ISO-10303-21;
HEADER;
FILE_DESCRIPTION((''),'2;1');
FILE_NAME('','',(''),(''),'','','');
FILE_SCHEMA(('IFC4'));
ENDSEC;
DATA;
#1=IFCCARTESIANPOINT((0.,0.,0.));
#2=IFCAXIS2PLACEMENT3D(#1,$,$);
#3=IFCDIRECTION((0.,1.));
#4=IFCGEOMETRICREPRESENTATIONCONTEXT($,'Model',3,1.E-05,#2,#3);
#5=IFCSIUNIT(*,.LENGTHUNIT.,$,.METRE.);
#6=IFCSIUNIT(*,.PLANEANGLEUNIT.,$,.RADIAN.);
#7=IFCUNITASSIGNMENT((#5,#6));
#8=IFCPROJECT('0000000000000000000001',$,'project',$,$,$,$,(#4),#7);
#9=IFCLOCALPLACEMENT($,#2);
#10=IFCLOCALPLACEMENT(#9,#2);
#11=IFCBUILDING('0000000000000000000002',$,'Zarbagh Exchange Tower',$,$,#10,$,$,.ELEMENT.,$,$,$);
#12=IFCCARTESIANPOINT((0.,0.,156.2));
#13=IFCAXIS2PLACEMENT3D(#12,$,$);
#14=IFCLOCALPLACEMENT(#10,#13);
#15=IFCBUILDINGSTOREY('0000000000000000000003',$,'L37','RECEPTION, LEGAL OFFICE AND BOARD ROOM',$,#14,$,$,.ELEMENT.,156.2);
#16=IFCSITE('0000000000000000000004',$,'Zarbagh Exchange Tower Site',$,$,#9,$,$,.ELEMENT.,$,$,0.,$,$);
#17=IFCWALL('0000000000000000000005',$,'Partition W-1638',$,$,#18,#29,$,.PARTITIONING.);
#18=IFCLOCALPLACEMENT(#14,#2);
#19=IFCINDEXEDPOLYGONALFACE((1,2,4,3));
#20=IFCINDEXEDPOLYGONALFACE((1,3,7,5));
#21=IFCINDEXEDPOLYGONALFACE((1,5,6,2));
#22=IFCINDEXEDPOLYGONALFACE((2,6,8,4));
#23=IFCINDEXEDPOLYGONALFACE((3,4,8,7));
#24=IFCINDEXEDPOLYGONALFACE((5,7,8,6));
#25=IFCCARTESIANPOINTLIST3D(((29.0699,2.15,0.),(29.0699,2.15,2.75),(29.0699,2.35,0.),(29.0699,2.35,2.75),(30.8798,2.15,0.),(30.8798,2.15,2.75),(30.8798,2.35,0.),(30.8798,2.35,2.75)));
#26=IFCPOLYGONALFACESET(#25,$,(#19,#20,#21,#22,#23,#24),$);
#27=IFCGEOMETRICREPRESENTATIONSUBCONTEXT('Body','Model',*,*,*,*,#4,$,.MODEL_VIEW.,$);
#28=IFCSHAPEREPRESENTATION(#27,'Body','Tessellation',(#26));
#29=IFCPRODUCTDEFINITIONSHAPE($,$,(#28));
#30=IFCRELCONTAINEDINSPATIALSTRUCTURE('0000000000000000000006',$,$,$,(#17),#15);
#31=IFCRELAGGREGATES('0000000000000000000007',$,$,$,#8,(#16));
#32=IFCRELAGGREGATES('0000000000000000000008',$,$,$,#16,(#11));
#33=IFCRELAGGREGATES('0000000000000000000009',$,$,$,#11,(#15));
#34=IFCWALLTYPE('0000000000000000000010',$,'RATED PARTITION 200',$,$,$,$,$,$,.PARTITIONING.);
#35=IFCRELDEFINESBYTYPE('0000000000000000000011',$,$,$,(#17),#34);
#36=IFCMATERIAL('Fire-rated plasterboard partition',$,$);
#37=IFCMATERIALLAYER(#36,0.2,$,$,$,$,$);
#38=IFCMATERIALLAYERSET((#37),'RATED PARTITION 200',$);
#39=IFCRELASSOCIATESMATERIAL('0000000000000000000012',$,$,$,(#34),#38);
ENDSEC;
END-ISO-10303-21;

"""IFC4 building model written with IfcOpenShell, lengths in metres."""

from ifc_helpers import new_model, si_unit, direction, frame, frame_2d, origin, place, context, subcontext, project, spatial, rectangle, extrude, material, layer, layer_set, type_object, element, save


model = new_model("IFC4")

# Units and contexts
model_context = context("Model", 3, precision=1e-05, world=origin(), true_north=direction((0.0, 1.0)))
body_context = subcontext(model_context, "Body", "Model", "MODEL_VIEW")
ifc_project = project(units=[si_unit("LENGTHUNIT", "METRE"), si_unit("PLANEANGLEUNIT", "RADIAN")], contexts=[model_context])

# Site, building, storey
site_placement = place(None, origin())
site = spatial("IfcSite", under=ifc_project, at=site_placement, Name="Zarbagh Exchange Tower Site", CompositionType="ELEMENT", RefElevation=0.0)
building_placement = place(site_placement, origin())
building = spatial("IfcBuilding", under=site, at=building_placement, Name="Zarbagh Exchange Tower", CompositionType="ELEMENT")
storey_placement = place(building_placement, frame((0.0, 0.0, 156.2)))
storey = spatial("IfcBuildingStorey", under=building, at=storey_placement, Name="L37", Description="RECEPTION, LEGAL OFFICE AND BOARD ROOM", CompositionType="ELEMENT", Elevation=156.2)

# Shared definitions
ifc_material_1 = material(Name="Fire-rated plasterboard partition")
ifc_layer = layer(ifc_material_1, 0.2)
ifc_layer_set = layer_set([ifc_layer], Name="RATED PARTITION 200")
wall_type = type_object("IfcWallType", Name="RATED PARTITION 200", PredefinedType="PARTITIONING", material=ifc_layer_set)

# Wall
wall_1_placement = place(storey_placement, frame((29.0701, 2.25, 0.0), z_axis=(0.0, 0.0, 1.0), x_axis=(1.0, 0.0, 0.0)))
element("IfcWall", 1, at=wall_1_placement, inside=storey, type_object=wall_type, Name="Partition W-1638", PredefinedType="PARTITIONING", context=body_context, shape_type="SweptSolid", body=[
    extrude(rectangle(XDim=1.8098, YDim=0.2, at=frame_2d((0.9048, 0.0))), origin(), (0.0, 0.0, 1.0), 2.75),
])

save(model, "model.ifc")
